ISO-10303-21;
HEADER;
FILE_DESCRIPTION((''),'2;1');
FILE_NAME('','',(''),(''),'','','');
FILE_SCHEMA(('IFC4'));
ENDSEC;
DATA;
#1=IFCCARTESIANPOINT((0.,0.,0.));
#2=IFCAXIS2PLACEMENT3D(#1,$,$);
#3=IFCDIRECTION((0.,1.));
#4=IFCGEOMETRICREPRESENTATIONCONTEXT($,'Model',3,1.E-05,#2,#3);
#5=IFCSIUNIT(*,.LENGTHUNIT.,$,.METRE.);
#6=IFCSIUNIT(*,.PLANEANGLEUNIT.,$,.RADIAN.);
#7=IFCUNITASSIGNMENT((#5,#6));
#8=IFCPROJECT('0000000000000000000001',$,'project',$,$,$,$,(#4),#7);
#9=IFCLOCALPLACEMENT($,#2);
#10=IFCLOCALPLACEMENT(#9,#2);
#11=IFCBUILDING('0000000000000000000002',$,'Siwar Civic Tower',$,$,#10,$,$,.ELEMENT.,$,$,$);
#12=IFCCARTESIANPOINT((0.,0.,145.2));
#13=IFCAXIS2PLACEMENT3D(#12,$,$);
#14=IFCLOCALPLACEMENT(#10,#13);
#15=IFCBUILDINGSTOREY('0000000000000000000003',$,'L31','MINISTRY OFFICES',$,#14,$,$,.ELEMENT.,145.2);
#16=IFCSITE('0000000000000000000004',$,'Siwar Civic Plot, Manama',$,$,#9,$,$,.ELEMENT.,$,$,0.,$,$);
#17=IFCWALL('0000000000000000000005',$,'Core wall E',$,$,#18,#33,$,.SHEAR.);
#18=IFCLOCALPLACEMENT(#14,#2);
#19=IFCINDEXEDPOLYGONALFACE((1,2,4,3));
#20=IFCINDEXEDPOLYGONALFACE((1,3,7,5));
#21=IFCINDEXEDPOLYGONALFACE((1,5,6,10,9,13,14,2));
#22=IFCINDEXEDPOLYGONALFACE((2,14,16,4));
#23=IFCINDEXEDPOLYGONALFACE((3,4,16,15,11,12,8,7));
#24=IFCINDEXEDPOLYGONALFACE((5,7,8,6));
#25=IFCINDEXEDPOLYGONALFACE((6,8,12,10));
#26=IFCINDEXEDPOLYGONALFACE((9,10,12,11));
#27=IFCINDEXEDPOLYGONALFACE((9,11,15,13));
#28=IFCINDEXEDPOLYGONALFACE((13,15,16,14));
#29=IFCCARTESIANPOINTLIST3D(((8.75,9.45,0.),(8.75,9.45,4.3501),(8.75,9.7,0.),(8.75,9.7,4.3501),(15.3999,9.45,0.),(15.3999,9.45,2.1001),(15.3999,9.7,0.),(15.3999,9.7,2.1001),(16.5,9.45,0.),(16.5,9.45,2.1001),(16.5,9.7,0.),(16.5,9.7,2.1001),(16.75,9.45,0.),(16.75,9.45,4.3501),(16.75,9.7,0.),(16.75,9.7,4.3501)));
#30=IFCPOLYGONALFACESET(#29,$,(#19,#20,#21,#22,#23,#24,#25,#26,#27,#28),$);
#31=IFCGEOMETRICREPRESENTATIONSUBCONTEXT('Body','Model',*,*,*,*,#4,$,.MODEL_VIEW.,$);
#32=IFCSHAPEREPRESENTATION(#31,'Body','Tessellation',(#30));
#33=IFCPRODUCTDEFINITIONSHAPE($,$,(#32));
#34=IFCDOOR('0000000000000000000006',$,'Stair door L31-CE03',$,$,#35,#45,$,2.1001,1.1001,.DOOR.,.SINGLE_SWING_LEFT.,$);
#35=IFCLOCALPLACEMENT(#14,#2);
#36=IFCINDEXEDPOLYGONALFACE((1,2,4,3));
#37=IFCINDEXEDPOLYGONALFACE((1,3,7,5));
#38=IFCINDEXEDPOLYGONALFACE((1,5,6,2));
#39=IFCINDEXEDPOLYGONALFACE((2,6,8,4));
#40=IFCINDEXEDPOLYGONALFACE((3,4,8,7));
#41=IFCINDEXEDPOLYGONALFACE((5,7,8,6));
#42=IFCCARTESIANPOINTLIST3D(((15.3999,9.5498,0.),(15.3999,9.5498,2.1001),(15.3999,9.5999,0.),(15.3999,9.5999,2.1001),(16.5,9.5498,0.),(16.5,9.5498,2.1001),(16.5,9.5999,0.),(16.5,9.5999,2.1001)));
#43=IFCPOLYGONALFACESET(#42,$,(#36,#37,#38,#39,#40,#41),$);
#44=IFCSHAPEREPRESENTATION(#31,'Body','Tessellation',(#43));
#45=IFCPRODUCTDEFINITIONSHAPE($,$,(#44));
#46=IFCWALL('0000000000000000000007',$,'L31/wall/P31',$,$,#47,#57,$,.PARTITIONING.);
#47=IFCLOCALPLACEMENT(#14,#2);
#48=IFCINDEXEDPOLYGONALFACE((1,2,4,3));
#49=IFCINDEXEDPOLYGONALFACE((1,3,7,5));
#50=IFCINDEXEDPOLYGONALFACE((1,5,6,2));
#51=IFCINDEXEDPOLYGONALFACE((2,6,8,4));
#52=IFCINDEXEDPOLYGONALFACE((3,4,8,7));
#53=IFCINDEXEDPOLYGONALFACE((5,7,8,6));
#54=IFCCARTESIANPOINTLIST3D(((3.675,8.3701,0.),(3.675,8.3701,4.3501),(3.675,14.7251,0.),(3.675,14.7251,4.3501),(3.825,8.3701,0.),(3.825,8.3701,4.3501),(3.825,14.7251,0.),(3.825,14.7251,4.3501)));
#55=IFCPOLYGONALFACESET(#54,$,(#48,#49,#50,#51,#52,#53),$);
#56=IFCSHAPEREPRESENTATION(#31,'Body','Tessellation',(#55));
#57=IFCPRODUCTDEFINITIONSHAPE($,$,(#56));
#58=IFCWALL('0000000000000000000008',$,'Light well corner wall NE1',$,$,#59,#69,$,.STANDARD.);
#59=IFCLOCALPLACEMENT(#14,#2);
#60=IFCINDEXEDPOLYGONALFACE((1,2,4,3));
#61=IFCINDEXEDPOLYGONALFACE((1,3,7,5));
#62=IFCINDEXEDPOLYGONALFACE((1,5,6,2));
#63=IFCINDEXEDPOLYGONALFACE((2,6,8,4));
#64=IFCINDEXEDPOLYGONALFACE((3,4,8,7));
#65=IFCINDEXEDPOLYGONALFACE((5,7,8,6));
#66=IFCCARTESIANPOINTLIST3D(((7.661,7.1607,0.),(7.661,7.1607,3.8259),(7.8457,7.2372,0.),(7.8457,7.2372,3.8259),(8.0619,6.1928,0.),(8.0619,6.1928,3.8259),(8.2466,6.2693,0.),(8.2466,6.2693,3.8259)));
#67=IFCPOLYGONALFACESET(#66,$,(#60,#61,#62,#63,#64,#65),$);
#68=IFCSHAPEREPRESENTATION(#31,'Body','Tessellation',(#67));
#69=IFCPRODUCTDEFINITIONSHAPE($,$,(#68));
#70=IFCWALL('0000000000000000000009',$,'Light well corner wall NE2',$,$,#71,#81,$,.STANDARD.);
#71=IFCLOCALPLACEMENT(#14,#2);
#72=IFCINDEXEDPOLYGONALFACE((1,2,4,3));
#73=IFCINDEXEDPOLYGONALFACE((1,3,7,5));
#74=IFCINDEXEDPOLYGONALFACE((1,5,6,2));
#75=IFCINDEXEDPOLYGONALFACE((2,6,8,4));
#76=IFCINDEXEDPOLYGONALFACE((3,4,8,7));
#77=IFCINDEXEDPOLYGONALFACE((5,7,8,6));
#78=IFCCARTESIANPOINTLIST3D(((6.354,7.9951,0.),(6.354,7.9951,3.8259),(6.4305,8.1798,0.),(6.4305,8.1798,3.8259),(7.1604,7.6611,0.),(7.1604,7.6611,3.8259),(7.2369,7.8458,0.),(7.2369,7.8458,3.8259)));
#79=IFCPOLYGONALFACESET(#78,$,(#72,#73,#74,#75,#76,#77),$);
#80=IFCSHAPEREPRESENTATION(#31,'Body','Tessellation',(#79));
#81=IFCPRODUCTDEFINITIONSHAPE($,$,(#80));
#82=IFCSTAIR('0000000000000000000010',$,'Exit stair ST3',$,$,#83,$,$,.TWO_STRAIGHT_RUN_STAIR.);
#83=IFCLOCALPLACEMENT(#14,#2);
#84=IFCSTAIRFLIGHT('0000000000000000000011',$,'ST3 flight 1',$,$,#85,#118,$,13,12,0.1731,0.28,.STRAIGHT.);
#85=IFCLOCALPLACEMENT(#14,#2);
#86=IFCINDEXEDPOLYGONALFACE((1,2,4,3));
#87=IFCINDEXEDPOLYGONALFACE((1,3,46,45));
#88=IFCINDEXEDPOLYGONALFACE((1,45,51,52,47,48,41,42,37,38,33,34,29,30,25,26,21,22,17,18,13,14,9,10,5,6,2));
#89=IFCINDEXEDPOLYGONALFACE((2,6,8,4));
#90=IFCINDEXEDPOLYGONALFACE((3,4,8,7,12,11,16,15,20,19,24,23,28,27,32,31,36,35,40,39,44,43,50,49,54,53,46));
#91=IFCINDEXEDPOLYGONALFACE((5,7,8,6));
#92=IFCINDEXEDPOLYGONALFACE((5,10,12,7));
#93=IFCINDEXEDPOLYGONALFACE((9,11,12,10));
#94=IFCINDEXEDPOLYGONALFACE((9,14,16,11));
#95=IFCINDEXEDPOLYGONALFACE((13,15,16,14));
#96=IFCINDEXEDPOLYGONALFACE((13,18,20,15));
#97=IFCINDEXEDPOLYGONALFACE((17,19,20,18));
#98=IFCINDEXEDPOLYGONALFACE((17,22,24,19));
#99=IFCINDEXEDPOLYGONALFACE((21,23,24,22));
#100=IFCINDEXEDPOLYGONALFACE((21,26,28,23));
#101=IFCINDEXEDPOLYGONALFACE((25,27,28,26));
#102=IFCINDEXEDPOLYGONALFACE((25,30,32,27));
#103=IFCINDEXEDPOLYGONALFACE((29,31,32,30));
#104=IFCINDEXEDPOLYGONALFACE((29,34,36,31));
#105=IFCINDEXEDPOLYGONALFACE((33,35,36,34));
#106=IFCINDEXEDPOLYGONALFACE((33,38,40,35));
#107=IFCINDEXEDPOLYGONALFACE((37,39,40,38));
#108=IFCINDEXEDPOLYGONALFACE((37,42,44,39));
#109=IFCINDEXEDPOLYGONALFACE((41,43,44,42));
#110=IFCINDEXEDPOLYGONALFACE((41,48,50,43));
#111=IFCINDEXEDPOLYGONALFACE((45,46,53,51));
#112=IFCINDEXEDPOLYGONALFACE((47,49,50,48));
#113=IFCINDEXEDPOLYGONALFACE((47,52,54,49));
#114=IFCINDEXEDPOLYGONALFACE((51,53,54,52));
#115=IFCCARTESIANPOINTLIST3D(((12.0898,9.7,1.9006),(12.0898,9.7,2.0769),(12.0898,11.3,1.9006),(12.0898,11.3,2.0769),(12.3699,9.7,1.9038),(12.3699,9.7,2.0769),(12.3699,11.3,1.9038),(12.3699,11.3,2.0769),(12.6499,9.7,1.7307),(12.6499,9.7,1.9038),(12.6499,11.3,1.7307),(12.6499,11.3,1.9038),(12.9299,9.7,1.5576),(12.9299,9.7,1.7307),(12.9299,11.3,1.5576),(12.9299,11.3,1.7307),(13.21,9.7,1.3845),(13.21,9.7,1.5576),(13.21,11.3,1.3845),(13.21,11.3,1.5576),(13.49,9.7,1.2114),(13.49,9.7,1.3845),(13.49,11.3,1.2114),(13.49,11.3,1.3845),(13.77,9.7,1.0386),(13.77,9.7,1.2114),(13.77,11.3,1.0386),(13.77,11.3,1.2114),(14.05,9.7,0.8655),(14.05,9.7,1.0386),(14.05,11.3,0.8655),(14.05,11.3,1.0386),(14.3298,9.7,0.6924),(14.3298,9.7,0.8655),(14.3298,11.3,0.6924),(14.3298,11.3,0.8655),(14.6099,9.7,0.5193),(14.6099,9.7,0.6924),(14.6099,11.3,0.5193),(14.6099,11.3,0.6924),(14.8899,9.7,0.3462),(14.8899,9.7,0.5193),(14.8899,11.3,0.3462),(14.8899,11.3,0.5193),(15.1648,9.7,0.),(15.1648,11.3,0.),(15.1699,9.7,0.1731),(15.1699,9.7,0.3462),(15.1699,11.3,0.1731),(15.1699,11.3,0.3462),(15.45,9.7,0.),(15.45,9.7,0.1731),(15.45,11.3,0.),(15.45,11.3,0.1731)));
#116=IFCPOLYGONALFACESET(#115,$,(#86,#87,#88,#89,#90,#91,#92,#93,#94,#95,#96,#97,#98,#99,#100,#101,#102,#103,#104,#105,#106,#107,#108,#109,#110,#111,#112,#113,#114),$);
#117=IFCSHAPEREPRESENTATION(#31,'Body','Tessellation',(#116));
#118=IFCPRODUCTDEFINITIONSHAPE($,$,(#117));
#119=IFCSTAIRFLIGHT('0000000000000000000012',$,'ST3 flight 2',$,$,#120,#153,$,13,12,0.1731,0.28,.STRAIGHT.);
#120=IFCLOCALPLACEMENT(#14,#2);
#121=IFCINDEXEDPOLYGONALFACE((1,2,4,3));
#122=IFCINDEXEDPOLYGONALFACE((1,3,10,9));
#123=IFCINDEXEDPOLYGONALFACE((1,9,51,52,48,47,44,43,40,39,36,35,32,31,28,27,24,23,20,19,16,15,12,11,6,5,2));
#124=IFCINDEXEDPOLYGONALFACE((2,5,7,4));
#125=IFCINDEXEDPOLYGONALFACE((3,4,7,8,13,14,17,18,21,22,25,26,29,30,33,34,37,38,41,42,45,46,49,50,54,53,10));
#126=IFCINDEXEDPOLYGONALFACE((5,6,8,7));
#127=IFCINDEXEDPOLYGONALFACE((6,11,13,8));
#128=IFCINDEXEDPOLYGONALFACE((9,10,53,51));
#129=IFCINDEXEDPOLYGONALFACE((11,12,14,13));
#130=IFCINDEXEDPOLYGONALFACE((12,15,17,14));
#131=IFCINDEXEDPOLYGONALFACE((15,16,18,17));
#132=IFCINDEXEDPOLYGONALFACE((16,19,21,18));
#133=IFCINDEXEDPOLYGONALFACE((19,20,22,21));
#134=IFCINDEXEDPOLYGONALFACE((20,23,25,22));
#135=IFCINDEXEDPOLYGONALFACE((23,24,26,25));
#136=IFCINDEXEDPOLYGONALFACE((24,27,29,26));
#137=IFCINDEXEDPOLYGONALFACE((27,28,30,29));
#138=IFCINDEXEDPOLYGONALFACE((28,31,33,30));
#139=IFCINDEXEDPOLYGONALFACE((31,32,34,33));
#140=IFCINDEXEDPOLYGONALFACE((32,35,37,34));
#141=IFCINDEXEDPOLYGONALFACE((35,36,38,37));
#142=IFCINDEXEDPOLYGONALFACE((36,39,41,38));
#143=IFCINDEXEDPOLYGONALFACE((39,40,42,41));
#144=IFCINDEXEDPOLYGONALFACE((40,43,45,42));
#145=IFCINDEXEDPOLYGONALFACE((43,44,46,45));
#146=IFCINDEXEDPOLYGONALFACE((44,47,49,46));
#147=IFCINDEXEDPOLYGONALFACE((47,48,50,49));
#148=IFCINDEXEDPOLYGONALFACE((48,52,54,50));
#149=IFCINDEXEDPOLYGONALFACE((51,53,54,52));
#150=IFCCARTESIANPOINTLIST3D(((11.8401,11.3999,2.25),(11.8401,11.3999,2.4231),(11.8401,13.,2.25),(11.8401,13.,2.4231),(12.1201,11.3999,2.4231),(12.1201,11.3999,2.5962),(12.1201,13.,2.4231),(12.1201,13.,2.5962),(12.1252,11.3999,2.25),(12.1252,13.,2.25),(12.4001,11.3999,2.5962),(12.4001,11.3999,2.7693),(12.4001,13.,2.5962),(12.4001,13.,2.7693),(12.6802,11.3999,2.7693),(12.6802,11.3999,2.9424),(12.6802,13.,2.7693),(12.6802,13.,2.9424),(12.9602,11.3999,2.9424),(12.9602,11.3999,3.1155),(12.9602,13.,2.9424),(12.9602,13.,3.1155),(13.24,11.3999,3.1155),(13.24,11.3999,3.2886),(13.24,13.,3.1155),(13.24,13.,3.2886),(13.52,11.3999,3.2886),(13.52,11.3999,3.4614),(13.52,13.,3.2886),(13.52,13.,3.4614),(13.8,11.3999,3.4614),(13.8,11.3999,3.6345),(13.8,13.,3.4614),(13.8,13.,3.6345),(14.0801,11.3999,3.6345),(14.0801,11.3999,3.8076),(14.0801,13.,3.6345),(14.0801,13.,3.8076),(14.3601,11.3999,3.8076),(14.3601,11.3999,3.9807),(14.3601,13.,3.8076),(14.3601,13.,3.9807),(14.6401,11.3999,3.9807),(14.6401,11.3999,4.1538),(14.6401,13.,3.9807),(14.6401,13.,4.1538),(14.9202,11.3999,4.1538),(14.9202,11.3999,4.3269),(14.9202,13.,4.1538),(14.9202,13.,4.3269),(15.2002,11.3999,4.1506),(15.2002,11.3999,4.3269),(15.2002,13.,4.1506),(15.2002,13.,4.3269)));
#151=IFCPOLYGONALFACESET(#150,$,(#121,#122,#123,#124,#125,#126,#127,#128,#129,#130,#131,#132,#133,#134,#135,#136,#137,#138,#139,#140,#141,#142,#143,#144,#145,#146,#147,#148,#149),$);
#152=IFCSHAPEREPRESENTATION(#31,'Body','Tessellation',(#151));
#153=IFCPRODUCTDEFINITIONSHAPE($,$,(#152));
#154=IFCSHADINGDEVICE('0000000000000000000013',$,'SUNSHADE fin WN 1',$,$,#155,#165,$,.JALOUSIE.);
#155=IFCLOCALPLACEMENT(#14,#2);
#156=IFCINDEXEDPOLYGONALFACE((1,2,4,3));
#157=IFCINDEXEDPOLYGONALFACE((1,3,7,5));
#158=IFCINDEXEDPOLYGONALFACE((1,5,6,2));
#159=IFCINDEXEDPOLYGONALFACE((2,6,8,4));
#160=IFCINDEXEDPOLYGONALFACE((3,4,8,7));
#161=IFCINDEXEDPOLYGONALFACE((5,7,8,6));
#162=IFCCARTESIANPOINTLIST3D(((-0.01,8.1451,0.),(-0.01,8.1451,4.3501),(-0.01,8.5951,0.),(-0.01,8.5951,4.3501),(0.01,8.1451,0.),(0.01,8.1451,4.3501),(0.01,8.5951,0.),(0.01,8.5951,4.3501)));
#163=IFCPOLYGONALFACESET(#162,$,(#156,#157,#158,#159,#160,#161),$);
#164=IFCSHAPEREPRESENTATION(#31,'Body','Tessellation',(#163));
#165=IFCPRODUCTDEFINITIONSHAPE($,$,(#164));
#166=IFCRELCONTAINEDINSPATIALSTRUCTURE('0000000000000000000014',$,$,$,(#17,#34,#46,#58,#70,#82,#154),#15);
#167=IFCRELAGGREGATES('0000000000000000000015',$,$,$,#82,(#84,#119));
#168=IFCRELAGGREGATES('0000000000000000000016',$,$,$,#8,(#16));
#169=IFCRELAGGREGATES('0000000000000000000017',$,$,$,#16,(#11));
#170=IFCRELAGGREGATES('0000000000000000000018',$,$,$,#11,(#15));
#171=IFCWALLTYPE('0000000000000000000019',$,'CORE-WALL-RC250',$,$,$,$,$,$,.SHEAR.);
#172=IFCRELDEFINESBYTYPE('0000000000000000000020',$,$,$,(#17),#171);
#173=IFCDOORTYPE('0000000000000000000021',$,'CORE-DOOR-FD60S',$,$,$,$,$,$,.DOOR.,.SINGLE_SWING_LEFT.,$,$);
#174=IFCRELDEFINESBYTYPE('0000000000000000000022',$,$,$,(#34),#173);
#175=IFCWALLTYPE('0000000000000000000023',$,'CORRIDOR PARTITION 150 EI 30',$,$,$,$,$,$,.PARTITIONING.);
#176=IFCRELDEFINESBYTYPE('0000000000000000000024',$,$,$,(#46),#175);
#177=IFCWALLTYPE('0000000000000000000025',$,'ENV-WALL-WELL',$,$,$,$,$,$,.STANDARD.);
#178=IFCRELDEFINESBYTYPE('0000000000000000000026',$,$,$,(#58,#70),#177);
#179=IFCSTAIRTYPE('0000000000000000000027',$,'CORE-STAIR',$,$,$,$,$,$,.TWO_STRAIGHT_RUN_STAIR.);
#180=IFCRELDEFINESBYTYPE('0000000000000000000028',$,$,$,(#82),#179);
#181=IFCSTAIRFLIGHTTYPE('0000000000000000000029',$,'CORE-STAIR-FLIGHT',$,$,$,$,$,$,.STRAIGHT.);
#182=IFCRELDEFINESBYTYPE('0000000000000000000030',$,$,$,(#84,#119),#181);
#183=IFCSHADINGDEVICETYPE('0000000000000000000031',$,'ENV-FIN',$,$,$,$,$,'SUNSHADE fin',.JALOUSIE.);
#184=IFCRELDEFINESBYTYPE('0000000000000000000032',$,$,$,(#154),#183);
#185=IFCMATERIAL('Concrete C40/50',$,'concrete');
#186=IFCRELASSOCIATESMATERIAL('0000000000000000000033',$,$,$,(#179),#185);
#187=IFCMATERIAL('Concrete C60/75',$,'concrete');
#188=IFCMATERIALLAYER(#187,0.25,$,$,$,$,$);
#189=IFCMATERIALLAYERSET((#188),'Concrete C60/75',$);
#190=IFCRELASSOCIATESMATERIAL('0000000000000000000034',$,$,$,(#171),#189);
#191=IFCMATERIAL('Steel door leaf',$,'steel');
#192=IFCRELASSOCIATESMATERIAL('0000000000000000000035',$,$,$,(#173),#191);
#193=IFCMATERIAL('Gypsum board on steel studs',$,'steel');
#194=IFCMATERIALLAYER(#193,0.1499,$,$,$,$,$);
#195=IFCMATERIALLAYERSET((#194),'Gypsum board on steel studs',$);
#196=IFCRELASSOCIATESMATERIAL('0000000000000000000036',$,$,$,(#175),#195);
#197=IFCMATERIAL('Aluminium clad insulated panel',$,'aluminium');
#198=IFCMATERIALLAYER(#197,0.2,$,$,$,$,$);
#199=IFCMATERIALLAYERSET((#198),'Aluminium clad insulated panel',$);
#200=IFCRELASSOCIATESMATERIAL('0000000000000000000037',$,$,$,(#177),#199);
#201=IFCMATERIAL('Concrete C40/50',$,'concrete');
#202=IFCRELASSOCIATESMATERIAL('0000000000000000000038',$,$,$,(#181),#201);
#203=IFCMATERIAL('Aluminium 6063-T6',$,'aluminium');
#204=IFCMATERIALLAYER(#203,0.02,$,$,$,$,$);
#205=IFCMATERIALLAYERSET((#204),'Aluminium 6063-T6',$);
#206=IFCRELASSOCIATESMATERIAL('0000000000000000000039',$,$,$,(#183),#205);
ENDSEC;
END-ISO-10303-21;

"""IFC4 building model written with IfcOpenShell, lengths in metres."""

from ifc_helpers import new_model, si_unit, direction, frame, frame_2d, origin, origin_2d, place, context, subcontext, project, spatial, polyline, rectangle, outline, extrude, material, layer, layer_set, type_object, element, fill, aggregate, save


model = new_model("IFC4")

# Units and contexts
model_context = context("Model", 3, precision=1e-05, world=origin(), true_north=direction((0.0, 1.0)))
body_context = subcontext(model_context, "Body", "Model", "MODEL_VIEW")
ifc_project = project(units=[si_unit("LENGTHUNIT", "METRE"), si_unit("PLANEANGLEUNIT", "RADIAN")], contexts=[model_context])

# Site, building, storey
site_placement = place(None, origin())
site = spatial("IfcSite", under=ifc_project, at=site_placement, Name="Siwar Civic Plot, Manama", CompositionType="ELEMENT", RefElevation=0.0)
building_placement = place(site_placement, origin())
building = spatial("IfcBuilding", under=site, at=building_placement, Name="Siwar Civic Tower", CompositionType="ELEMENT")
storey_placement = place(building_placement, frame((0.0, 0.0, 145.2)))
storey = spatial("IfcBuildingStorey", under=building, at=storey_placement, Name="L31", Description="MINISTRY OFFICES", CompositionType="ELEMENT", Elevation=145.2)

# Shared definitions
ifc_material_1 = material(Name="Concrete C40/50", Category="concrete")
stair_type = type_object("IfcStairType", Name="CORE-STAIR", PredefinedType="TWO_STRAIGHT_RUN_STAIR", material=ifc_material_1)

# Shared definitions
ifc_material_2 = material(Name="Concrete C60/75", Category="concrete")
ifc_layer_1 = layer(ifc_material_2, 0.25)
ifc_layer_set_1 = layer_set([ifc_layer_1], Name="Concrete C60/75")
wall_type_1 = type_object("IfcWallType", Name="CORE-WALL-RC250", PredefinedType="SHEAR", material=ifc_layer_set_1)

# Wall, opening, door
wall_1_placement = place(storey_placement, frame((8.75, 9.575, 0.0), z_axis=(0.0, 0.0, 1.0), x_axis=(1.0, 0.0, 0.0)))
wall_1 = element("IfcWall", 1, at=wall_1_placement, inside=storey, type_object=wall_type_1, Name="Core wall E", PredefinedType="SHEAR", context=body_context, shape_type="SweptSolid", body=[
    extrude(rectangle(XDim=8.0, YDim=0.25, at=frame_2d((4.0, 0.0))), origin(), (0.0, 0.0, 1.0), 4.3501),
])
opening_1_placement = place(wall_1_placement, frame((6.6499, 0.0, 0.0)))
opening_1 = element("IfcOpeningElement", 2, at=opening_1_placement, cuts=wall_1, PredefinedType="OPENING", context=body_context, shape_type="SweptSolid", body=[
    extrude(rectangle(XDim=1.1001, YDim=2.1001, at=frame_2d((0.55, 1.05))), frame((0.0, 0.135, 0.0), z_axis=(0.0, -1.0, 0.0), x_axis=(1.0, 0.0, 0.0)), (0.0, 0.0, 1.0), 0.27),
])
ifc_material_3 = material(Name="Steel door leaf", Category="steel")
door_type_1 = type_object("IfcDoorType", Name="CORE-DOOR-FD60S", OperationType="SINGLE_SWING_LEFT", PredefinedType="DOOR", material=ifc_material_3)
door_1_placement = place(opening_1_placement, origin())
door_1 = element("IfcDoor", 3, at=door_1_placement, inside=storey, type_object=door_type_1, Name="Stair door L31-CE03", OperationType="SINGLE_SWING_LEFT", OverallHeight=2.1001, OverallWidth=1.1001, PredefinedType="DOOR", context=body_context, shape_type="SweptSolid", body=[
    extrude(rectangle(XDim=1.1001, YDim=2.1001, at=frame_2d((0.55, 1.05))), frame((0.0, 0.0249, 0.0), z_axis=(0.0, -1.0, 0.0), x_axis=(1.0, 0.0, 0.0)), (0.0, 0.0, 1.0), 0.05),
])
fill(opening_1, door_1)

# Walls
ifc_material_4 = material(Name="Gypsum board on steel studs", Category="steel")
ifc_layer_2 = layer(ifc_material_4, 0.1499)
ifc_layer_set_2 = layer_set([ifc_layer_2], Name="Gypsum board on steel studs")
wall_type_2 = type_object("IfcWallType", Name="CORRIDOR PARTITION 150 EI 30", PredefinedType="PARTITIONING", material=ifc_layer_set_2)
wall_2_placement = place(storey_placement, frame((3.75, 8.3701, 0.0), z_axis=(0.0, 0.0, 1.0), x_axis=(0.0, 1.0, 0.0)))
element("IfcWall", 4, at=wall_2_placement, inside=storey, type_object=wall_type_2, Name="L31/wall/P31", PredefinedType="PARTITIONING", context=body_context, shape_type="SweptSolid", body=[
    extrude(rectangle(XDim=6.355, YDim=0.1499, at=frame_2d((3.1775, 0.0))), origin(), (0.0, 0.0, 1.0), 4.3501),
])
ifc_material_5 = material(Name="Aluminium clad insulated panel", Category="aluminium")
ifc_layer_3 = layer(ifc_material_5, 0.2)
ifc_layer_set_3 = layer_set([ifc_layer_3], Name="Aluminium clad insulated panel")
wall_type_3 = type_object("IfcWallType", Name="ENV-WALL-WELL", PredefinedType="STANDARD", material=ifc_layer_set_3)
wall_3_placement = place(storey_placement, frame((8.1543, 6.231, 0.0), z_axis=(0.0, 0.0, 1.0), x_axis=(-0.382695, 0.923875, 0.0)))
element("IfcWall", 5, at=wall_3_placement, inside=storey, type_object=wall_type_3, Name="Light well corner wall NE1", PredefinedType="STANDARD", context=body_context, shape_type="SweptSolid", body=[
    extrude(rectangle(XDim=1.0476, YDim=0.2, at=frame_2d((0.5239, 0.0))), origin(), (0.0, 0.0, 1.0), 3.8259),
])
wall_4_placement = place(storey_placement, frame((7.1987, 7.7534, 0.0), z_axis=(0.0, 0.0, 1.0), x_axis=(-0.923894, 0.382648, 0.0)))
element("IfcWall", 6, at=wall_4_placement, inside=storey, type_object=wall_type_3, Name="Light well corner wall NE2", PredefinedType="STANDARD", context=body_context, shape_type="SweptSolid", body=[
    extrude(rectangle(XDim=0.8728, YDim=0.2, at=frame_2d((0.4365, 0.0))), origin(), (0.0, 0.0, 1.0), 3.8259),
])

# Stair, stair flights
stair_1_placement = place(storey_placement, origin())
stair_1 = element("IfcStair", 7, at=stair_1_placement, inside=storey, type_object=stair_type, Name="Exit stair ST3", PredefinedType="TWO_STRAIGHT_RUN_STAIR")
ifc_material_6 = material(Name="Concrete C40/50", Category="concrete")
stair_flight_type = type_object("IfcStairFlightType", Name="CORE-STAIR-FLIGHT", PredefinedType="STRAIGHT", material=ifc_material_6)
stair_flight_1_placement = place(storey_placement, frame((15.45, 10.5, 0.0), z_axis=(0.0, 0.0, 1.0), x_axis=(-1.0, 0.0, 0.0)))
stair_flight_1 = element("IfcStairFlight", 8, at=stair_flight_1_placement, type_object=stair_flight_type, Name="ST3 flight 1", NumberOfRisers=13, NumberOfTreads=12, PredefinedType="STRAIGHT", RiserHeight=0.1731, TreadLength=0.28, context=body_context, shape_type="SweptSolid", body=[
    extrude(outline(polyline([(0.0, 0.0), (0.0, 0.1731), (0.28, 0.1731), (0.28, 0.3462), (0.5601, 0.3462), (0.5601, 0.5193), (0.8401, 0.5193), (0.8401, 0.6924), (1.1201, 0.6924), (1.1201, 0.8655), (1.3999, 0.8655), (1.3999, 1.0386), (1.6799, 1.0386), (1.6799, 1.2114), (1.96, 1.2114), (1.96, 1.3845), (2.24, 1.3845), (2.24, 1.5576), (2.52, 1.5576), (2.52, 1.7307), (2.8, 1.7307), (2.8, 1.9038), (3.0801, 1.9038), (3.0801, 2.0769), (3.3601, 2.0769), (3.3601, 2.25), (3.3601, 1.9006), (0.2852, 0.0), (0.0, 0.0)])), frame((0.0, 0.8, 0.0), z_axis=(0.0, -1.0, 0.0), x_axis=(1.0, 0.0, 0.0)), (0.0, 0.0, 1.0), 1.6001),
])
stair_flight_2_placement = place(storey_placement, frame((11.8401, 12.2, 2.25), z_axis=(0.0, 0.0, 1.0), x_axis=(1.0, 0.0, 0.0)))
stair_flight_2 = element("IfcStairFlight", 9, at=stair_flight_2_placement, type_object=stair_flight_type, Name="ST3 flight 2", NumberOfRisers=13, NumberOfTreads=12, PredefinedType="STRAIGHT", RiserHeight=0.1731, TreadLength=0.28, context=body_context, shape_type="SweptSolid", body=[
    extrude(outline(polyline([(0.0, 0.0), (0.0, 0.1731), (0.28, 0.1731), (0.28, 0.3462), (0.5601, 0.3462), (0.5601, 0.5193), (0.8401, 0.5193), (0.8401, 0.6924), (1.1201, 0.6924), (1.1201, 0.8655), (1.3999, 0.8655), (1.3999, 1.0386), (1.6799, 1.0386), (1.6799, 1.2114), (1.96, 1.2114), (1.96, 1.3845), (2.24, 1.3845), (2.24, 1.5576), (2.52, 1.5576), (2.52, 1.7307), (2.8, 1.7307), (2.8, 1.9038), (3.0801, 1.9038), (3.0801, 2.0769), (3.3601, 2.0769), (3.3601, 2.25), (3.3601, 1.9006), (0.2852, 0.0), (0.0, 0.0)])), frame((0.0, 0.8, 0.0), z_axis=(0.0, -1.0, 0.0), x_axis=(1.0, 0.0, 0.0)), (0.0, 0.0, 1.0), 1.6001),
])
aggregate(stair_1, [stair_flight_1, stair_flight_2])

# Shading device
ifc_material_7 = material(Name="Aluminium 6063-T6", Category="aluminium")
ifc_layer_4 = layer(ifc_material_7, 0.02)
ifc_layer_set_4 = layer_set([ifc_layer_4], Name="Aluminium 6063-T6")
shading_device_type = type_object("IfcShadingDeviceType", Name="ENV-FIN", ElementType="SUNSHADE fin", PredefinedType="JALOUSIE", material=ifc_layer_set_4)
shading_device_placement = place(storey_placement, frame((0.0, 8.3701, 0.0), z_axis=(0.0, 0.0, 1.0), x_axis=(-1.0, 0.0, 0.0)))
element("IfcShadingDevice", 10, at=shading_device_placement, inside=storey, type_object=shading_device_type, Name="SUNSHADE fin WN 1", PredefinedType="JALOUSIE", context=body_context, shape_type="SweptSolid", body=[
    extrude(rectangle(XDim=0.02, YDim=0.45, at=origin_2d()), origin(), (0.0, 0.0, 1.0), 4.3501),
])

save(model, "model.ifc")
